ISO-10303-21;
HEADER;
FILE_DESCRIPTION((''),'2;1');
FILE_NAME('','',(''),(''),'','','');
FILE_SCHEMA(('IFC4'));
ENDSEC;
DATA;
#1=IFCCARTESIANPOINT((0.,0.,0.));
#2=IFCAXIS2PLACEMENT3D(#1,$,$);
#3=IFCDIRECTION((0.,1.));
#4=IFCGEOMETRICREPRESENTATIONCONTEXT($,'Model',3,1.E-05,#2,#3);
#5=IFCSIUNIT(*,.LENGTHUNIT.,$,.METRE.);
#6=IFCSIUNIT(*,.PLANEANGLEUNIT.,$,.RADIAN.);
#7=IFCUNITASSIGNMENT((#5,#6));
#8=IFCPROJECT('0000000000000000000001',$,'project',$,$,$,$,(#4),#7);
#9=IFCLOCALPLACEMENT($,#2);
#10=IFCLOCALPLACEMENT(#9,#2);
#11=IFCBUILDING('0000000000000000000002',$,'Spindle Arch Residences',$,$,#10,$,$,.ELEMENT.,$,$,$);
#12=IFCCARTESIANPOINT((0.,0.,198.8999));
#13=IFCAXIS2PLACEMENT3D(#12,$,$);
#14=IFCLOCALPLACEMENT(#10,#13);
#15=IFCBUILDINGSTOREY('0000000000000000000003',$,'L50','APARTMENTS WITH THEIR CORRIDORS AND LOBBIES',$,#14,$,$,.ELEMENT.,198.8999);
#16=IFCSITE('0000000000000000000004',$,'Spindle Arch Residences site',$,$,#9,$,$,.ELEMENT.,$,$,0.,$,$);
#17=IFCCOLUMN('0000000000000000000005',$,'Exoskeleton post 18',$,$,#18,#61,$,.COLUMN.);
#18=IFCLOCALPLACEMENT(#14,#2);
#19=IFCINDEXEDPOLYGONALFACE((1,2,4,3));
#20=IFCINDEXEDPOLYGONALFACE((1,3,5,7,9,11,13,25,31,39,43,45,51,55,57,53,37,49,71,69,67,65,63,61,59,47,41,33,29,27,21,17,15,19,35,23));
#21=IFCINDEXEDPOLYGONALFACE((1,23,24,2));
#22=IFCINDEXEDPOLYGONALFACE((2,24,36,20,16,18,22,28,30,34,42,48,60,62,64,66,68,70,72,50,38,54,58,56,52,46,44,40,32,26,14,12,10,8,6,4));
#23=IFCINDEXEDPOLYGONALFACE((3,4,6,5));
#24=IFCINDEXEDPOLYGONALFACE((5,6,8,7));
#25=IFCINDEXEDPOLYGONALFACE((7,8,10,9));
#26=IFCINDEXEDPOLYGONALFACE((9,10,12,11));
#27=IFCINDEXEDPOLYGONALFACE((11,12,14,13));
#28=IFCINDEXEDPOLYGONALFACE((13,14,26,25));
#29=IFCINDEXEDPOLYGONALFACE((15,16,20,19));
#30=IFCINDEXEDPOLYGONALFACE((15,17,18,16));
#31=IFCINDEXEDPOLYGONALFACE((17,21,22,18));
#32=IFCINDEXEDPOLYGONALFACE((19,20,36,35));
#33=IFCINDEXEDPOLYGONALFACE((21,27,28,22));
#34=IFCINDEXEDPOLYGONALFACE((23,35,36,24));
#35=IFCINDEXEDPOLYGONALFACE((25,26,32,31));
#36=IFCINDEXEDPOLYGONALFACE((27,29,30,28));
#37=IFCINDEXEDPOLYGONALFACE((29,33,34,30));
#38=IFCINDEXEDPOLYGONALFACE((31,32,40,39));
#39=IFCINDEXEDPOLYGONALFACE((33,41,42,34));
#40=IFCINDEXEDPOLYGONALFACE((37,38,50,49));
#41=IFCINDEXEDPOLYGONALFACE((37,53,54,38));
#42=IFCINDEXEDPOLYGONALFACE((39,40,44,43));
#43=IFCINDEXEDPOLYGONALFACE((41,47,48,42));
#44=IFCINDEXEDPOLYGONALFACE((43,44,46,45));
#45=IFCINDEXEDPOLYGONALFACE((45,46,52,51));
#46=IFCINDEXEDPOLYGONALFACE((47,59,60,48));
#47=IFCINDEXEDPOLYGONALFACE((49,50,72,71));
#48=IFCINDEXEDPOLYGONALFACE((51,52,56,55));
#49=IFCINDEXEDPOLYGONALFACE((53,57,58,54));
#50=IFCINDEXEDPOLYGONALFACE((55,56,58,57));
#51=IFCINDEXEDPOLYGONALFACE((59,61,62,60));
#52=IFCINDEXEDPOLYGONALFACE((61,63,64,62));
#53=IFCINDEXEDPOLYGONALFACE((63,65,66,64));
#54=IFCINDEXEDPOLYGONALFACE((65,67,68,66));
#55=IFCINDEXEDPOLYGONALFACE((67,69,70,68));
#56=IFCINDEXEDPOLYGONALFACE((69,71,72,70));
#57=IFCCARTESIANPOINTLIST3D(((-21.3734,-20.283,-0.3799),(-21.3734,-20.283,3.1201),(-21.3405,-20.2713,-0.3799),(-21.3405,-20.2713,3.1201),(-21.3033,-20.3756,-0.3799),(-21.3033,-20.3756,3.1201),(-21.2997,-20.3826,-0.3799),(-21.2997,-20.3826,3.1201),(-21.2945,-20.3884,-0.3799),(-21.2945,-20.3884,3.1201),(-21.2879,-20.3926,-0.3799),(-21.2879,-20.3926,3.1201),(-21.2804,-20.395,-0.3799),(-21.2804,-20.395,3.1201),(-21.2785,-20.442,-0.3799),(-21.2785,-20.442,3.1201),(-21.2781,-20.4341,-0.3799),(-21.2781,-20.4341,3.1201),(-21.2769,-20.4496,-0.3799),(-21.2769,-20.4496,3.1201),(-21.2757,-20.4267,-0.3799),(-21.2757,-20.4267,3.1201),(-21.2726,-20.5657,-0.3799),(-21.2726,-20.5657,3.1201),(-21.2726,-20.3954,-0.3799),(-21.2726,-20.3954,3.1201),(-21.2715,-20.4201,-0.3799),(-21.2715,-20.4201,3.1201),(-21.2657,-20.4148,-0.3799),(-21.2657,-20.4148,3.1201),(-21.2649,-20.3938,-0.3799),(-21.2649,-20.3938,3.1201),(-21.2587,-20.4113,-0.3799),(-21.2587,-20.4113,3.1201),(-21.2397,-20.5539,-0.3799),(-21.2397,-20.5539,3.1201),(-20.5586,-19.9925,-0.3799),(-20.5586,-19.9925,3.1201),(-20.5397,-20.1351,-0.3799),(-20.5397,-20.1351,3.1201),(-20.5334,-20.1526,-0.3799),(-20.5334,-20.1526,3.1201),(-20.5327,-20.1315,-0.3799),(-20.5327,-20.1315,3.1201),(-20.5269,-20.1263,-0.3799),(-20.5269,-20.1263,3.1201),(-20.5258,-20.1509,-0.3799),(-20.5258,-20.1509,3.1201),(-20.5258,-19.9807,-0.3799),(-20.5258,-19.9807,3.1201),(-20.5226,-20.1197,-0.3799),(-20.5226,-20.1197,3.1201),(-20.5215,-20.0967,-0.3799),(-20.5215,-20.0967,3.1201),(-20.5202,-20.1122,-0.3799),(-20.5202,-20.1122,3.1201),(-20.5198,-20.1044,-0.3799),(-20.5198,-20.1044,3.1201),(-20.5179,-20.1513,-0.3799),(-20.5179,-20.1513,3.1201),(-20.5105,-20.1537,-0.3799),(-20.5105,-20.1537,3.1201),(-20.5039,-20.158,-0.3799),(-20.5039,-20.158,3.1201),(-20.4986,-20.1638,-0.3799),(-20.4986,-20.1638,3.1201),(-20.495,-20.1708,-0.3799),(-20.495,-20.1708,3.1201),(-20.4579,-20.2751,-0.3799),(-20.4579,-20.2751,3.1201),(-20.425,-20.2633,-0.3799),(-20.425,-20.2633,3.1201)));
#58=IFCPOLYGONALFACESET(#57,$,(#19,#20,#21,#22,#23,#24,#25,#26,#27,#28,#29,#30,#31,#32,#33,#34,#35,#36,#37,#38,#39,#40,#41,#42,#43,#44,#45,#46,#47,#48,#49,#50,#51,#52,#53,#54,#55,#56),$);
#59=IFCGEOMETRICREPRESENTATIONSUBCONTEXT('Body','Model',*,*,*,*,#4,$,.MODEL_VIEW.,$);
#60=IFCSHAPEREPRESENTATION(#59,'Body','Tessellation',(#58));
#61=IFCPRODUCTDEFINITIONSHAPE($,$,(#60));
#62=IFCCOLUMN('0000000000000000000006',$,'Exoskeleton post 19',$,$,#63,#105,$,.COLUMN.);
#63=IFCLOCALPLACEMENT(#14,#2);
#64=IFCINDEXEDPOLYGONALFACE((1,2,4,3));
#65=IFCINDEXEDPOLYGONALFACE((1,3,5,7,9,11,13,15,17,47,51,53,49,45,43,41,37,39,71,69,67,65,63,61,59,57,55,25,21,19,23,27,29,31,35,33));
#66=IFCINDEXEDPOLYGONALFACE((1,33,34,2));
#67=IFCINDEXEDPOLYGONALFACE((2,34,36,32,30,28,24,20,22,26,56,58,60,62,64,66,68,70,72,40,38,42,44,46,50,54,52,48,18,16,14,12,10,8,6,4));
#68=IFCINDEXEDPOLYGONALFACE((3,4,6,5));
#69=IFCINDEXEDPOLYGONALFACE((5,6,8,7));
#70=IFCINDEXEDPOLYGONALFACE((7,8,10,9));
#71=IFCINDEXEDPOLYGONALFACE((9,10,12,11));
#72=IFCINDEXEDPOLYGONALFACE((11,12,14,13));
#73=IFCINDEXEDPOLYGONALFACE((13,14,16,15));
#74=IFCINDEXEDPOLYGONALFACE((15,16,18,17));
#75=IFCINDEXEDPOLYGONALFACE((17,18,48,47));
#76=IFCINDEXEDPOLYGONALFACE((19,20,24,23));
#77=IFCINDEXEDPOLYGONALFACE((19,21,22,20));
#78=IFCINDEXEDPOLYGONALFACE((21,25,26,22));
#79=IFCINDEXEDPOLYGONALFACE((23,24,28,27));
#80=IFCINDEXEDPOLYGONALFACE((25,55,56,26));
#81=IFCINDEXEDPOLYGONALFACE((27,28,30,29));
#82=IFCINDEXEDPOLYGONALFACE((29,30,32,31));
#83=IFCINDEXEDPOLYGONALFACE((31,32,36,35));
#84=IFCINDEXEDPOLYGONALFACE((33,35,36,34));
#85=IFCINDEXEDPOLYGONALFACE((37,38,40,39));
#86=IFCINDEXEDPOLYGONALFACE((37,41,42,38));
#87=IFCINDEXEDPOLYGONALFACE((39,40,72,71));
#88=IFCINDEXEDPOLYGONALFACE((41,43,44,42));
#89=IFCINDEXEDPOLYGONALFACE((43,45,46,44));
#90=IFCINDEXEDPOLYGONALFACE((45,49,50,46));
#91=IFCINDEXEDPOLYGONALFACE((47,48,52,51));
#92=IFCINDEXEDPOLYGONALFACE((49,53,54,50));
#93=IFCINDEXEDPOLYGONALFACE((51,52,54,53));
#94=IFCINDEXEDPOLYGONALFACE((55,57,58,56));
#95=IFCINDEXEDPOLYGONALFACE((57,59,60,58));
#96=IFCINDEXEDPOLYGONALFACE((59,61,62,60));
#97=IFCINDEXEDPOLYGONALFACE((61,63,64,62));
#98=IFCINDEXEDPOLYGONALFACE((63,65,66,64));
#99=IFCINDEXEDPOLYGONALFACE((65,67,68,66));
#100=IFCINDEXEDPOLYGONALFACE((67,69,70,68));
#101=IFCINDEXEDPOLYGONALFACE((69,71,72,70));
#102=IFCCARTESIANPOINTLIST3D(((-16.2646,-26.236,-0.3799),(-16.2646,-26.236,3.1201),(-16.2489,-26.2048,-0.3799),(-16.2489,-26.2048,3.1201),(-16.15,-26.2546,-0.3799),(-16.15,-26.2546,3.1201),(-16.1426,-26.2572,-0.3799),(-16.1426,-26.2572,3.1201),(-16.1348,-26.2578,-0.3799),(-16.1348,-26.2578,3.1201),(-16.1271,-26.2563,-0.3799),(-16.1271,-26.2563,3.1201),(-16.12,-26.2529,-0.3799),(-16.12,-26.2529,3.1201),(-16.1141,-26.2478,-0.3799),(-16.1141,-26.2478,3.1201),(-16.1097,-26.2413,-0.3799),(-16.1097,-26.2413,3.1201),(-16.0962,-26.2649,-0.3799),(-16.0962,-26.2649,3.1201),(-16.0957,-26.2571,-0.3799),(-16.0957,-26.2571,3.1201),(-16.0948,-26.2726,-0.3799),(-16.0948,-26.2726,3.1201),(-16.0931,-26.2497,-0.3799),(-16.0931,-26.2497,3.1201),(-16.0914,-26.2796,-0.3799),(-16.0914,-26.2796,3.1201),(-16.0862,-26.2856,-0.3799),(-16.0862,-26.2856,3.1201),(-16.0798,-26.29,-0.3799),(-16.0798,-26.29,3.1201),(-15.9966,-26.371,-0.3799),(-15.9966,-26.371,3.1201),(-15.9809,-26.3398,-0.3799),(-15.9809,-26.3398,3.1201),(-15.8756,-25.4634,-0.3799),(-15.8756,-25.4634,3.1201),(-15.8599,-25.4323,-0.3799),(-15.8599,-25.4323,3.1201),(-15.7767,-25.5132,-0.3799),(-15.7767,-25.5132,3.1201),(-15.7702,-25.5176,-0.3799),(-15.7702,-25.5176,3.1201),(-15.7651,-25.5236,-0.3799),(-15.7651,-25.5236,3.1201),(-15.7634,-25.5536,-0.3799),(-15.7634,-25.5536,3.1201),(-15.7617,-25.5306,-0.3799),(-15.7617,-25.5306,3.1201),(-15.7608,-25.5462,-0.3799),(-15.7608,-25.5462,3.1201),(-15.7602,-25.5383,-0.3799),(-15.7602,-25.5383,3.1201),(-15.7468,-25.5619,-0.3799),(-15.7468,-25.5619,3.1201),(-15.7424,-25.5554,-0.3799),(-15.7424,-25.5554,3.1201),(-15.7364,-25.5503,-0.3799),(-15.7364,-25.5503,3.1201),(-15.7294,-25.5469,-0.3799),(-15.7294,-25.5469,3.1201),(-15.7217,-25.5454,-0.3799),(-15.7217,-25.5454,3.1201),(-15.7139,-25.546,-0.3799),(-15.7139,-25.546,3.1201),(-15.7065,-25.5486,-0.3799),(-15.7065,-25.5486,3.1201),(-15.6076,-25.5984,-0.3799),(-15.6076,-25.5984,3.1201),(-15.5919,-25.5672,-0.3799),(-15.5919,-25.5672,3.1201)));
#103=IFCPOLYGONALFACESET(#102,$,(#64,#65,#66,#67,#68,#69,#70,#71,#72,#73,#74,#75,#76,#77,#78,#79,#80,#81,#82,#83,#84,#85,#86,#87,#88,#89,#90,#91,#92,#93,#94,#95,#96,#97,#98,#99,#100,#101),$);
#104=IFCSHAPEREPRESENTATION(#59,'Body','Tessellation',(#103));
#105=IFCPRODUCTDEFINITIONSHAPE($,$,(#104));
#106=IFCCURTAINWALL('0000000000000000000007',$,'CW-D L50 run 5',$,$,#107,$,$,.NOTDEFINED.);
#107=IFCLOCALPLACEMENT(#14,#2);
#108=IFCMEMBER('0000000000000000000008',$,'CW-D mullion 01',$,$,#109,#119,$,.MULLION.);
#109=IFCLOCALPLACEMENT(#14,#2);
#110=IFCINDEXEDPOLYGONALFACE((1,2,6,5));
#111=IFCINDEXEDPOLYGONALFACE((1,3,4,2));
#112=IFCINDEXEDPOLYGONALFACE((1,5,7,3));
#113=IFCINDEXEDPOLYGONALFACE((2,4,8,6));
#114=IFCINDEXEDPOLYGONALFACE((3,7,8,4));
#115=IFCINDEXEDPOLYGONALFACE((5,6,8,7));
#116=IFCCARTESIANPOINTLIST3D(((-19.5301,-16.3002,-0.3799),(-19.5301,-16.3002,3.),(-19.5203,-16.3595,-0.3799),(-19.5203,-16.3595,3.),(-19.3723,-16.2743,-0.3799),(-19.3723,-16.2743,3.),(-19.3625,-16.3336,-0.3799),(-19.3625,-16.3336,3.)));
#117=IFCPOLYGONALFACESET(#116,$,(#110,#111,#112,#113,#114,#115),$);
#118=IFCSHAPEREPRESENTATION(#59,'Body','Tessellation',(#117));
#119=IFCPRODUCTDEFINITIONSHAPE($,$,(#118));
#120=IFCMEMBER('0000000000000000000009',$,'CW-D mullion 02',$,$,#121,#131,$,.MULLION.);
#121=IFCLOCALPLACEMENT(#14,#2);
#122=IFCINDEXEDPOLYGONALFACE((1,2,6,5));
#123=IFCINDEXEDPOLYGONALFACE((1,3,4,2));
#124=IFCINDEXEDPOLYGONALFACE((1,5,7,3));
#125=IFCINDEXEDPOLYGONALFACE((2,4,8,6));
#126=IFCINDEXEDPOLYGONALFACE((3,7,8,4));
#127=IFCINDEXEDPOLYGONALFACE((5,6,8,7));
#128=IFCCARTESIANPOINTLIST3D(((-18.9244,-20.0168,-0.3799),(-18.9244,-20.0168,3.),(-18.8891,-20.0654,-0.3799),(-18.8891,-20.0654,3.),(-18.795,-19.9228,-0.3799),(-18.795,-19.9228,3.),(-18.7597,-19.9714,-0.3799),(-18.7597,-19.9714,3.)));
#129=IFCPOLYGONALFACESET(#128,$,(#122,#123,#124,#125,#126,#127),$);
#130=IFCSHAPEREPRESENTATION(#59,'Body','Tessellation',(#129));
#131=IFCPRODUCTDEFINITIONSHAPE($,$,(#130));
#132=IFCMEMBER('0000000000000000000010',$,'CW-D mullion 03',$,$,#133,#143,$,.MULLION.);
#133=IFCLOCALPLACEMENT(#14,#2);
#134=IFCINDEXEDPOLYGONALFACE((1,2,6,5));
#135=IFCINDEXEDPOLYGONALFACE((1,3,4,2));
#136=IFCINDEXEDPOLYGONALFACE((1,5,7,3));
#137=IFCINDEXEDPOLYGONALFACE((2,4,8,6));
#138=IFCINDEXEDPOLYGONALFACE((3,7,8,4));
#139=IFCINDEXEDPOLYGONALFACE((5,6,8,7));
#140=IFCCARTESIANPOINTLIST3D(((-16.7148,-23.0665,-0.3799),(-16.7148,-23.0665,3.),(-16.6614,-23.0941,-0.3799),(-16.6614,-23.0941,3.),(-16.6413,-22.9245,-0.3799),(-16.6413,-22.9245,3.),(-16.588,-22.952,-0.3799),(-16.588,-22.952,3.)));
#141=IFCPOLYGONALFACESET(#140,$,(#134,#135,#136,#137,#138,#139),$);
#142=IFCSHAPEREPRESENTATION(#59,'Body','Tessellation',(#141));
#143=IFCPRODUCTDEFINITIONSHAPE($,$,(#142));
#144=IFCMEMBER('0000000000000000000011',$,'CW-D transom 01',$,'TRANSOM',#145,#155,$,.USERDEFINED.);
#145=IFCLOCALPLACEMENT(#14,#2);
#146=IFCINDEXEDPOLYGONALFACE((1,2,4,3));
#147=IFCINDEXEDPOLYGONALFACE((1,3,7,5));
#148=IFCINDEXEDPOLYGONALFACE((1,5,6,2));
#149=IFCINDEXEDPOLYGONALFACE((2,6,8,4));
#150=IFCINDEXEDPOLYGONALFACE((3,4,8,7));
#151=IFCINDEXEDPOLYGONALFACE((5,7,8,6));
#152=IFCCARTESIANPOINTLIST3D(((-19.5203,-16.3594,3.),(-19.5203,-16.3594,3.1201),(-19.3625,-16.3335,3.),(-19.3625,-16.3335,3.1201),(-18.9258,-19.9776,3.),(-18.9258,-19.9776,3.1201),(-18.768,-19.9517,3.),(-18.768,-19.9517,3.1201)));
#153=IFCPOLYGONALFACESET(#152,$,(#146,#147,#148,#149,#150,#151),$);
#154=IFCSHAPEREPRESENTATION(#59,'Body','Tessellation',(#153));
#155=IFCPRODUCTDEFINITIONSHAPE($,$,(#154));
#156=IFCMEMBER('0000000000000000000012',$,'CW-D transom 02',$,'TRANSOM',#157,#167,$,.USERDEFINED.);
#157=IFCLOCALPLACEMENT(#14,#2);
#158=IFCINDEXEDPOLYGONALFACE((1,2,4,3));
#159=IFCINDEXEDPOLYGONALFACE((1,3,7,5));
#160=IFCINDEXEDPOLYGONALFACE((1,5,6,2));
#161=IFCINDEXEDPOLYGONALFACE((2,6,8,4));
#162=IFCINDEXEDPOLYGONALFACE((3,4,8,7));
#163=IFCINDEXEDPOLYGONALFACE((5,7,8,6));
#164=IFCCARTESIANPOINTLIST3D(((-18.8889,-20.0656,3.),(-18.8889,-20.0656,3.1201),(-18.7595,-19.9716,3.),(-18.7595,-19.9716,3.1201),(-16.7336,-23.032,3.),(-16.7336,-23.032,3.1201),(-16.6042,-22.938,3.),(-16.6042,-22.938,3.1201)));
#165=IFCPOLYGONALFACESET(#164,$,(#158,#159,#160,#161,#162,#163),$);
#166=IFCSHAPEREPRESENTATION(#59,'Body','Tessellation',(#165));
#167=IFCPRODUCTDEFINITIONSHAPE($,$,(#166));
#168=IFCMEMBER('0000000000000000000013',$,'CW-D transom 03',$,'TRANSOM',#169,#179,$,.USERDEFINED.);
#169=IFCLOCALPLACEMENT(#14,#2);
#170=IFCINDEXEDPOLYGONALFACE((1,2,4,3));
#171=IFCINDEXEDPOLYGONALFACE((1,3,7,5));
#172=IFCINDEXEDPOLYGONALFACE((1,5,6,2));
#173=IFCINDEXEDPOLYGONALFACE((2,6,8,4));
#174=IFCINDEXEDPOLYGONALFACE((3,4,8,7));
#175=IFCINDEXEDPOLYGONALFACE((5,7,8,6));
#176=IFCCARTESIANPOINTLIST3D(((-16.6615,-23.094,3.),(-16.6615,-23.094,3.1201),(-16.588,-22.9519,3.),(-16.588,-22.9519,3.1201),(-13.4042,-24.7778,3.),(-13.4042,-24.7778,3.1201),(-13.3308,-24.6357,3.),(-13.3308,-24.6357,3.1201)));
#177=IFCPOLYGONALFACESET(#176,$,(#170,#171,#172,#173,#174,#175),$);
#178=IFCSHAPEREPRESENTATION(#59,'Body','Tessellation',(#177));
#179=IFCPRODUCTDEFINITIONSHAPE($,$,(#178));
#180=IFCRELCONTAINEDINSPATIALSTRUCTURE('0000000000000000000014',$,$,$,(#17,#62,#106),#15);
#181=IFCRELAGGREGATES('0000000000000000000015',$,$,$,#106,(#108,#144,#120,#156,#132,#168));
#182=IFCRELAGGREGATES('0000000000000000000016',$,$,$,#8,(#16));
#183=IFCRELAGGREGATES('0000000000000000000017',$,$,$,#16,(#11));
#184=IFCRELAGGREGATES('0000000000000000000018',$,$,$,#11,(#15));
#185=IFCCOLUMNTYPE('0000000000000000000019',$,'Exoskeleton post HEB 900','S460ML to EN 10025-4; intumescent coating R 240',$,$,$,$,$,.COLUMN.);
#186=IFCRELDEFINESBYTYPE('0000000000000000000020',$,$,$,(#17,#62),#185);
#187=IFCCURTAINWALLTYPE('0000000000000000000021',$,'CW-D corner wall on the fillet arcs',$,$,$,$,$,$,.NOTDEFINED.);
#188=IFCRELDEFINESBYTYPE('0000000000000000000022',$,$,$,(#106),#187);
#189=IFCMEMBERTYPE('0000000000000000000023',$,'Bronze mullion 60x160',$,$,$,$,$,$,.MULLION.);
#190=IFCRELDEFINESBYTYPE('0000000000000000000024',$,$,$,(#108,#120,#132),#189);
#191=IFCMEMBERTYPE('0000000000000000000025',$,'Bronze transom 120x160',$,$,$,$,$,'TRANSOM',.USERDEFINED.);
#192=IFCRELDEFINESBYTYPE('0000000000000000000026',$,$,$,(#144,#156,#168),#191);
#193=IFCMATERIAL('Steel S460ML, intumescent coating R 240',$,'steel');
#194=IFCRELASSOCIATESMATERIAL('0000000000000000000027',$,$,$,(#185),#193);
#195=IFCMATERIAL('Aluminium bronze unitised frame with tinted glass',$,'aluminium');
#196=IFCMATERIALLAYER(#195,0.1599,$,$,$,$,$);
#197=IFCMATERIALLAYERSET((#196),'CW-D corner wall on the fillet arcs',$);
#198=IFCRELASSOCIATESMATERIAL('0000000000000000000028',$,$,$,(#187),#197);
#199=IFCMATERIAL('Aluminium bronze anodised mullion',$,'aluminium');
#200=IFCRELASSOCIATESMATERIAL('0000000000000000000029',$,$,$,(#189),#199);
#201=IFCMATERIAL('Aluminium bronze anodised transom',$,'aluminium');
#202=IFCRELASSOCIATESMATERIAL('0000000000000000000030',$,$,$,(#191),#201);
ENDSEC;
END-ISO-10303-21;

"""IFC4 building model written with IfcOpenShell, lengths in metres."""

from ifc_helpers import new_model, si_unit, direction, frame, origin, origin_2d, place, context, subcontext, project, spatial, rectangle, i_section, extrude, material, layer, layer_set, material_profile, profile_set, type_object, element, aggregate, save


model = new_model("IFC4")

# Units and contexts
model_context = context("Model", 3, precision=1e-05, world=origin(), true_north=direction((0.0, 1.0)))
body_context = subcontext(model_context, "Body", "Model", "MODEL_VIEW")
ifc_project = project(units=[si_unit("LENGTHUNIT", "METRE"), si_unit("PLANEANGLEUNIT", "RADIAN")], contexts=[model_context])

# Site, building, storey
site_placement = place(None, origin())
site = spatial("IfcSite", under=ifc_project, at=site_placement, Name="Spindle Arch Residences site", CompositionType="ELEMENT", RefElevation=0.0)
building_placement = place(site_placement, origin())
building = spatial("IfcBuilding", under=site, at=building_placement, Name="Spindle Arch Residences", CompositionType="ELEMENT")
storey_placement = place(building_placement, frame((0.0, 0.0, 198.8999)))
storey = spatial("IfcBuildingStorey", under=building, at=storey_placement, Name="L50", Description="APARTMENTS WITH THEIR CORRIDORS AND LOBBIES", CompositionType="ELEMENT", Elevation=198.8999)

# Columns
ifc_material_1 = material(Name="Steel S460ML, intumescent coating R 240", Category="steel")
ifc_material_profile_1 = material_profile(ifc_material_1, i_section(OverallWidth=0.3, OverallDepth=0.8999, WebThickness=0.0186, FlangeThickness=0.0349, FilletRadius=0.03, at=origin_2d()), Name="HEB 900")
ifc_profile_set_1 = profile_set([ifc_material_profile_1], Name="Steel S460ML, intumescent coating R 240")
column_type = type_object("IfcColumnType", Name="Exoskeleton post HEB 900", Description="S460ML to EN 10025-4; intumescent coating R 240", PredefinedType="COLUMN", material=ifc_profile_set_1)
for number, where, z_axis, x_axis, name in (
    (1, (-20.8992, -20.2732, -0.3799), (0.0, 0.0, 1.0), (-0.335927, 0.941888, 0.0), "Exoskeleton post 18"),
    (2, (-15.9282, -25.9016, -0.3799), (0.0, 0.0, 1.0), (-0.893169, 0.449721, 0.0), "Exoskeleton post 19"),
):
    element("IfcColumn", number, at=place(storey_placement, frame(where, z_axis=z_axis, x_axis=x_axis)), inside=storey, type_object=column_type, Name=name, PredefinedType="COLUMN", context=body_context, shape_type="SweptSolid", body=[
        extrude(i_section(OverallWidth=0.3, OverallDepth=0.8999, WebThickness=0.0186, FlangeThickness=0.0349, FilletRadius=0.03, at=origin_2d()), origin(), (0.0, 0.0, 1.0), 3.5),
    ])

# Curtain wall, members
ifc_material_2 = material(Name="Aluminium bronze unitised frame with tinted glass", Category="aluminium")
ifc_layer_1 = layer(ifc_material_2, 0.1599)
ifc_layer_set_1 = layer_set([ifc_layer_1], Name="CW-D corner wall on the fillet arcs")
curtain_wall_type = type_object("IfcCurtainWallType", Name="CW-D corner wall on the fillet arcs", PredefinedType="NOTDEFINED", material=ifc_layer_set_1)
curtain_wall_placement = place(storey_placement, origin())
curtain_wall = element("IfcCurtainWall", 3, at=curtain_wall_placement, inside=storey, type_object=curtain_wall_type, Name="CW-D L50 run 5", PredefinedType="NOTDEFINED")
ifc_material_3 = material(Name="Aluminium bronze anodised mullion", Category="aluminium")
ifc_material_profile_2 = material_profile(ifc_material_3, rectangle(XDim=0.1599, YDim=0.0601, at=origin_2d()), Name="MU 60x160")
ifc_profile_set_2 = profile_set([ifc_material_profile_2], Name="Aluminium bronze anodised mullion")
member_type_1 = type_object("IfcMemberType", Name="Bronze mullion 60x160", PredefinedType="MULLION", material=ifc_profile_set_2)
member_1_placement = place(storey_placement, frame((-19.4463, -16.3169, -0.3799), z_axis=(0.0, 0.0, 1.0), x_axis=(0.986762, 0.162178, 0.0)))
member_1 = element("IfcMember", 4, at=member_1_placement, type_object=member_type_1, Name="CW-D mullion 01", PredefinedType="MULLION", context=body_context, shape_type="SweptSolid", body=[
    extrude(rectangle(XDim=0.1599, YDim=0.0601, at=origin_2d()), origin(), (0.0, 0.0, 1.0), 3.3799),
])
member_2_placement = place(storey_placement, frame((-18.842, -19.9941, -0.3799), z_axis=(0.0, 0.0, 1.0), x_axis=(0.809017, 0.587785, 0.0)))
member_2 = element("IfcMember", 5, at=member_2_placement, type_object=member_type_1, Name="CW-D mullion 02", PredefinedType="MULLION", context=body_context, shape_type="SweptSolid", body=[
    extrude(rectangle(XDim=0.1599, YDim=0.0601, at=origin_2d()), origin(), (0.0, 0.0, 1.0), 3.3799),
])
member_3_placement = place(storey_placement, frame((-16.6514, -23.0093, -0.3799), z_axis=(0.0, 0.0, 1.0), x_axis=(0.459166, 0.88835, 0.0)))
member_3 = element("IfcMember", 6, at=member_3_placement, type_object=member_type_1, Name="CW-D mullion 03", PredefinedType="MULLION", context=body_context, shape_type="SweptSolid", body=[
    extrude(rectangle(XDim=0.1599, YDim=0.0601, at=origin_2d()), origin(), (0.0, 0.0, 1.0), 3.3799),
])
ifc_material_4 = material(Name="Aluminium bronze anodised transom", Category="aluminium")
ifc_material_profile_3 = material_profile(ifc_material_4, rectangle(XDim=0.1599, YDim=0.1201, at=origin_2d()), Name="TR 120x160")
ifc_profile_set_3 = profile_set([ifc_material_profile_3], Name="Aluminium bronze anodised transom")
member_type_2 = type_object("IfcMemberType", Name="Bronze transom 120x160", ElementType="TRANSOM", PredefinedType="USERDEFINED", material=ifc_profile_set_3)
member_4_placement = place(storey_placement, frame((-19.4414, -16.3464, 3.0601), z_axis=(0.162131, -0.986769, 0.0), x_axis=(0.986769, 0.162131, 0.0)))
member_4 = element("IfcMember", 7, at=member_4_placement, type_object=member_type_2, Name="CW-D transom 01", ObjectType="TRANSOM", PredefinedType="USERDEFINED", context=body_context, shape_type="SweptSolid", body=[
    extrude(rectangle(XDim=0.1599, YDim=0.1201, at=origin_2d()), origin(), (0.0, 0.0, 1.0), 3.6667),
])
member_5_placement = place(storey_placement, frame((-18.8242, -20.0186, 3.0601), z_axis=(0.587807, -0.809001, 0.0), x_axis=(0.809001, 0.587807, 0.0)))
member_5 = element("IfcMember", 8, at=member_5_placement, type_object=member_type_2, Name="CW-D transom 02", ObjectType="TRANSOM", PredefinedType="USERDEFINED", context=body_context, shape_type="SweptSolid", body=[
    extrude(rectangle(XDim=0.1599, YDim=0.1201, at=origin_2d()), origin(), (0.0, 0.0, 1.0), 3.6667),
])
member_6_placement = place(storey_placement, frame((-16.6248, -23.0229, 3.0601), z_axis=(0.888327, -0.459211, 0.0), x_axis=(0.459211, 0.888327, 0.0)))
member_6 = element("IfcMember", 9, at=member_6_placement, type_object=member_type_2, Name="CW-D transom 03", ObjectType="TRANSOM", PredefinedType="USERDEFINED", context=body_context, shape_type="SweptSolid", body=[
    extrude(rectangle(XDim=0.1599, YDim=0.1201, at=origin_2d()), origin(), (0.0, 0.0, 1.0), 3.6667),
])

aggregate(curtain_wall, [member_1, member_4, member_2, member_5, member_3, member_6])

save(model, "model.ifc")
